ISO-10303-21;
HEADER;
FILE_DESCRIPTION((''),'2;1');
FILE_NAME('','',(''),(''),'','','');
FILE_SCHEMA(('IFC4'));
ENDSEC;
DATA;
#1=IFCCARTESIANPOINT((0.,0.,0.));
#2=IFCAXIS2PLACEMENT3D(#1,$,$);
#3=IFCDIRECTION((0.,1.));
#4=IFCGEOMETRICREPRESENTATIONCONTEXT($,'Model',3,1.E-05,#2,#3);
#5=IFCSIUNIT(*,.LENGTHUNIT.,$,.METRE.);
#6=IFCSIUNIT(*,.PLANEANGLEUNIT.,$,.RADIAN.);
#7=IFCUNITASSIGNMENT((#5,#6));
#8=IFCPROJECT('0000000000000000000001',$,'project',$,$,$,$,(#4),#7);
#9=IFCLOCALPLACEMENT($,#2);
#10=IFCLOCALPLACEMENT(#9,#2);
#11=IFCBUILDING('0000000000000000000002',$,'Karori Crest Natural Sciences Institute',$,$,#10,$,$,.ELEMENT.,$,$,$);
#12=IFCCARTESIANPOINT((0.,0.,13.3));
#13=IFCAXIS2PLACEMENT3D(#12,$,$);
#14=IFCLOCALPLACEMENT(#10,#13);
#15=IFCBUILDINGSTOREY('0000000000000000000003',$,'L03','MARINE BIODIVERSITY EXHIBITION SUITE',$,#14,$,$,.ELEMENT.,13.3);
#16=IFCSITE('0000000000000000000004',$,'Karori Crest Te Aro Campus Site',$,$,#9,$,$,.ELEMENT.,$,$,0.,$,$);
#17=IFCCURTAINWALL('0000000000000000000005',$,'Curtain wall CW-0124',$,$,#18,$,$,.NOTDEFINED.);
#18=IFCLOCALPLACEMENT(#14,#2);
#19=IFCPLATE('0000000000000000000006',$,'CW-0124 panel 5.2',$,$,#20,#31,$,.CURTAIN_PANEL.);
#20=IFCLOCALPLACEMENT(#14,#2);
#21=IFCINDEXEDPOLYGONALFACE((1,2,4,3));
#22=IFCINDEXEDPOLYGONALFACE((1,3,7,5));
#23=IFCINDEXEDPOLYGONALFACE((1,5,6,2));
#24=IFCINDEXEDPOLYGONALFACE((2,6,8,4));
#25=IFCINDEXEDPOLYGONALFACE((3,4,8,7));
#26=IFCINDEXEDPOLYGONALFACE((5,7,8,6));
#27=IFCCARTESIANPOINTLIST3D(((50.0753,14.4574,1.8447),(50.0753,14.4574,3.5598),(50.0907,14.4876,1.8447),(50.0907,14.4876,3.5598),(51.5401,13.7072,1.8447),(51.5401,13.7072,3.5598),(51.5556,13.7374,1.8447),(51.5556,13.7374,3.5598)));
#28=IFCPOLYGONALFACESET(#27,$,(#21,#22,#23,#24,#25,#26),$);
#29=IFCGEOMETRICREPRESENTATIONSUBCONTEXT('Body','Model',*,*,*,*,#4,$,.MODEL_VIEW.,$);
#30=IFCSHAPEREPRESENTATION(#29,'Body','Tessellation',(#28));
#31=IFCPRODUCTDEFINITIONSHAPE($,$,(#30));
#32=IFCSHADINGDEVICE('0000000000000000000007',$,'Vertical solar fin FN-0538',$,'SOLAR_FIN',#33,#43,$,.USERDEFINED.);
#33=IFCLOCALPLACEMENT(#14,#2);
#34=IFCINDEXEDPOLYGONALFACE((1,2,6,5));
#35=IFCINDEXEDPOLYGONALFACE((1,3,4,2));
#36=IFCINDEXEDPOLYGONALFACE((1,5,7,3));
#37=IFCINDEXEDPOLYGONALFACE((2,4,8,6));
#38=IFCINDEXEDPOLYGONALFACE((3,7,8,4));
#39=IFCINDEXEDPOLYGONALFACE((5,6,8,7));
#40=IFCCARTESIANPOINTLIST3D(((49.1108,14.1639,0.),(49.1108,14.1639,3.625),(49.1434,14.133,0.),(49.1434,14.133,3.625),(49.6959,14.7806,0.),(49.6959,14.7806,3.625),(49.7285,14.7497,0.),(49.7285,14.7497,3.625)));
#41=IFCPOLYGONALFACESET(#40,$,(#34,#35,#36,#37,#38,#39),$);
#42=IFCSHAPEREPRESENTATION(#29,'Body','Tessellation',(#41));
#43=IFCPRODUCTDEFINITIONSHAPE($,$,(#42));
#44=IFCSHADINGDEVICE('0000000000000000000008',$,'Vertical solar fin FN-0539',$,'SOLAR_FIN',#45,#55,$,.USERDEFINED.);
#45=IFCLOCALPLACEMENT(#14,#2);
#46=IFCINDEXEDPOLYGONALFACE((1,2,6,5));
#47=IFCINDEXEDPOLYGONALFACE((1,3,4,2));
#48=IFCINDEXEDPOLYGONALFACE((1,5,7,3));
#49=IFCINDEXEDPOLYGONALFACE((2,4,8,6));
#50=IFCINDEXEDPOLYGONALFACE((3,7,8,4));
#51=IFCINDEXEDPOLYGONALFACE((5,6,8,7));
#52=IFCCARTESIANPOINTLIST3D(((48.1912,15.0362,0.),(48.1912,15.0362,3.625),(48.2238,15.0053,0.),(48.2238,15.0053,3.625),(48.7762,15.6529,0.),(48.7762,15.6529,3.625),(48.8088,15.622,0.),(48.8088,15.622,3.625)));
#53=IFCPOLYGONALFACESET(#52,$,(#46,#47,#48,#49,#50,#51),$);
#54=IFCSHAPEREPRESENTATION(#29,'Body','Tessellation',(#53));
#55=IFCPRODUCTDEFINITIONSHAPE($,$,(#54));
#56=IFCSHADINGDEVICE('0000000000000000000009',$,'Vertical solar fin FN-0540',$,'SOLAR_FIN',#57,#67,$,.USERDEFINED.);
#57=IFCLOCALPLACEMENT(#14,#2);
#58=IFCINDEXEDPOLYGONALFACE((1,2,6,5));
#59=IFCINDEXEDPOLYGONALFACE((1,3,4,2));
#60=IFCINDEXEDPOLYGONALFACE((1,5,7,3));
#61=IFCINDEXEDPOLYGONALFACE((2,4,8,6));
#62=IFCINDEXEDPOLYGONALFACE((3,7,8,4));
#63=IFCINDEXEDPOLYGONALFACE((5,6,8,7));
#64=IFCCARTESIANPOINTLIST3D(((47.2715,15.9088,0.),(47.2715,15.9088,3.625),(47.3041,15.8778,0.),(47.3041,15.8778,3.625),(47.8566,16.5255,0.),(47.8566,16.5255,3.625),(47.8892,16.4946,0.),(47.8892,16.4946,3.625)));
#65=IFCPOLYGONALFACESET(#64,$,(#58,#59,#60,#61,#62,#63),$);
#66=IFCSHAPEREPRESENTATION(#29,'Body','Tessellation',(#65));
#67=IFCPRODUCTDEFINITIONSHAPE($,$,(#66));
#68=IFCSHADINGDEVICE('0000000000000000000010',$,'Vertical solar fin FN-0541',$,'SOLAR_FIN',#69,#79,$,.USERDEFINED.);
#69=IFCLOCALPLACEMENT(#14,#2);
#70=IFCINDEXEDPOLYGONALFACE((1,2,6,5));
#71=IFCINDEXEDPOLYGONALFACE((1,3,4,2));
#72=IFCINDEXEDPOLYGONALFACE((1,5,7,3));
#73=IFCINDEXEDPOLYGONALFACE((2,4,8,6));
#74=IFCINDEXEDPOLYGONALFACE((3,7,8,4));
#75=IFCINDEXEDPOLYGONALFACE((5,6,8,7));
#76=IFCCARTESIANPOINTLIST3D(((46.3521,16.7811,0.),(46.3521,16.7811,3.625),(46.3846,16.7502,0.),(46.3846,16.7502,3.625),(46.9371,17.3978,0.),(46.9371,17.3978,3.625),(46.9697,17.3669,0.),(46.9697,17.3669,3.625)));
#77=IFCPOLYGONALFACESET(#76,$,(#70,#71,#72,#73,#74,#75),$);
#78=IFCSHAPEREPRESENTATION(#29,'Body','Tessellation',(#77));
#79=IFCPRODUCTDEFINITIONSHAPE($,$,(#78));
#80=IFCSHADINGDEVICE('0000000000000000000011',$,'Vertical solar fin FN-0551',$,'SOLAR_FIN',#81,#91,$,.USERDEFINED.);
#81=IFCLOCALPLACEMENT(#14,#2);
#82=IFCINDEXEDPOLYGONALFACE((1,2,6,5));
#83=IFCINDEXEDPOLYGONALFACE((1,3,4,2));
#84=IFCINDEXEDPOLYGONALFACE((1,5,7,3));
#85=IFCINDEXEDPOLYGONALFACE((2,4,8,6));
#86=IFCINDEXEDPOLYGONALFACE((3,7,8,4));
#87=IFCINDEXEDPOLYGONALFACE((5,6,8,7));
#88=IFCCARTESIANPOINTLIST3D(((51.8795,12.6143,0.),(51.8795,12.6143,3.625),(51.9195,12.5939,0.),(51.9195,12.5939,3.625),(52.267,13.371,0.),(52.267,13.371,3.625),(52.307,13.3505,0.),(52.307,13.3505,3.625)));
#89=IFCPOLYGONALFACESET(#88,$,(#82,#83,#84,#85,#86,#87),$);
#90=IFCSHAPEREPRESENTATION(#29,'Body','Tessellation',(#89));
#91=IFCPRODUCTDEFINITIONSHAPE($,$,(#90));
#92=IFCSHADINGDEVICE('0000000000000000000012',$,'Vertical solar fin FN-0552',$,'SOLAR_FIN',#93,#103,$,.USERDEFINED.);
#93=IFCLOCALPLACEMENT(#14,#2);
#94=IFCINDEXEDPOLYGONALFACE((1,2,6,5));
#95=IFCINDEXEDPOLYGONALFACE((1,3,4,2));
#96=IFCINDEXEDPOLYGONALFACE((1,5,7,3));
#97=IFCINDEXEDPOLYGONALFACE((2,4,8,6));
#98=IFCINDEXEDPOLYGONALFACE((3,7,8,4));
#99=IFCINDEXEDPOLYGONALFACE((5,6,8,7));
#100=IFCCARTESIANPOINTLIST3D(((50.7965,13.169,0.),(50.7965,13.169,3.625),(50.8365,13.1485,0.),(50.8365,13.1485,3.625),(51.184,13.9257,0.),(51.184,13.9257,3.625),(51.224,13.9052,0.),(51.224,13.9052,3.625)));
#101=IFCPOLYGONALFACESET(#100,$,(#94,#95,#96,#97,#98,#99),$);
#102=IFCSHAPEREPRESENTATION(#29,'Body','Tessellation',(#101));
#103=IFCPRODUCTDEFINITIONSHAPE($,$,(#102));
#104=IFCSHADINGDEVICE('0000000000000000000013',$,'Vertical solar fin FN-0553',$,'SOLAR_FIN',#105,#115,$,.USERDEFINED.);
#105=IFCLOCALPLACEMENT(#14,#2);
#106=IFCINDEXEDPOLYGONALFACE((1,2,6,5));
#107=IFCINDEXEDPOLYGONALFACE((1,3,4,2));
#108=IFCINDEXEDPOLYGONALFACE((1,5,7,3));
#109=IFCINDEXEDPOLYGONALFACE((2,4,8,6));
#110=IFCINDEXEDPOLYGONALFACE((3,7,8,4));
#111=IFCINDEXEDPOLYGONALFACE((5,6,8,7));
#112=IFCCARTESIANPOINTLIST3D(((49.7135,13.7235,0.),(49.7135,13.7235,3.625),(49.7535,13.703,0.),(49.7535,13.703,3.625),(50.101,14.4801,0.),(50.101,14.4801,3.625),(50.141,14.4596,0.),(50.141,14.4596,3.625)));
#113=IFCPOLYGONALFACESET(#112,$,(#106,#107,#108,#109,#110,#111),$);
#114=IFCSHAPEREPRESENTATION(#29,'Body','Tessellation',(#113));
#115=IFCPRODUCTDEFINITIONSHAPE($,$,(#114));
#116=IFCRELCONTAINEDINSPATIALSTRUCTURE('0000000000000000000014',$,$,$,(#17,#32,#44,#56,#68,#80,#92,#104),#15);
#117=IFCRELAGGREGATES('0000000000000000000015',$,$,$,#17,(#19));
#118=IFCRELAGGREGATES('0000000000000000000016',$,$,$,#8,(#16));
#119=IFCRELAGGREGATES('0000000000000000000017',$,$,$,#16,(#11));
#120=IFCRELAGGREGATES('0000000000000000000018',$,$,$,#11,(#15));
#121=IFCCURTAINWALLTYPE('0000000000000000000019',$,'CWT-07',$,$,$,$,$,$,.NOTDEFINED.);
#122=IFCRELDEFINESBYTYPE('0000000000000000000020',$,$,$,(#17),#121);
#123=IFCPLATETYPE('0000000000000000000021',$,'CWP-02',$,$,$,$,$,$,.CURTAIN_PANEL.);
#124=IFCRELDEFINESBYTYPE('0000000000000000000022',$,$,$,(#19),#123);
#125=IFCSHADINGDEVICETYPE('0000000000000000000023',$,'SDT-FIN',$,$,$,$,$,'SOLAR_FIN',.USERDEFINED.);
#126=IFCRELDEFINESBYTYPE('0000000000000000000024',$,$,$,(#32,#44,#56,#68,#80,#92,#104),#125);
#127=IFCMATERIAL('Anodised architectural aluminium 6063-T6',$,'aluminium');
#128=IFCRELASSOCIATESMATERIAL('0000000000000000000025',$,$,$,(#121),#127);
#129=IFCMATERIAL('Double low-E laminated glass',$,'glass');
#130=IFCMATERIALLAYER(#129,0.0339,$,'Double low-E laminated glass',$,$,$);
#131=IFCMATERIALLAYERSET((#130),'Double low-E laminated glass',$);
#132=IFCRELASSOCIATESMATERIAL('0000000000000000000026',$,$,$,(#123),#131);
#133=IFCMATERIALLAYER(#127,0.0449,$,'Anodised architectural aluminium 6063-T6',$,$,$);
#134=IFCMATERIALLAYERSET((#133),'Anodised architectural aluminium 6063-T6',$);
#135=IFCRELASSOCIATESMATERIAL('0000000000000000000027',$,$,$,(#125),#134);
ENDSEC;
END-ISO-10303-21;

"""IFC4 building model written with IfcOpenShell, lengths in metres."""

from ifc_helpers import new_model, si_unit, direction, frame, origin, origin_2d, place, context, subcontext, project, spatial, rectangle, extrude, material, layer, layer_set, type_object, element, aggregate, save


model = new_model("IFC4")

# Units and contexts
model_context = context("Model", 3, precision=1e-05, world=origin(), true_north=direction((0.0, 1.0)))
body_context = subcontext(model_context, "Body", "Model", "MODEL_VIEW")
ifc_project = project(units=[si_unit("LENGTHUNIT", "METRE"), si_unit("PLANEANGLEUNIT", "RADIAN")], contexts=[model_context])

# Site, building, storey
site_placement = place(None, origin())
site = spatial("IfcSite", under=ifc_project, at=site_placement, Name="Karori Crest Te Aro Campus Site", CompositionType="ELEMENT", RefElevation=0.0)
building_placement = place(site_placement, origin())
building = spatial("IfcBuilding", under=site, at=building_placement, Name="Karori Crest Natural Sciences Institute", CompositionType="ELEMENT")
storey_placement = place(building_placement, frame((0.0, 0.0, 13.3)))
storey = spatial("IfcBuildingStorey", under=building, at=storey_placement, Name="L03", Description="MARINE BIODIVERSITY EXHIBITION SUITE", CompositionType="ELEMENT", Elevation=13.3)

# Curtain wall
ifc_material_1 = material(Name="Anodised architectural aluminium 6063-T6", Category="aluminium")
curtain_wall_type_1 = type_object("IfcCurtainWallType", Name="CWT-07", PredefinedType="NOTDEFINED", material=ifc_material_1)
curtain_wall_1_placement = place(storey_placement, origin())
curtain_wall_1 = element("IfcCurtainWall", 1, at=curtain_wall_1_placement, inside=storey, type_object=curtain_wall_type_1, Name="Curtain wall CW-0124", PredefinedType="NOTDEFINED")

# Plate
ifc_material_2 = material(Name="Double low-E laminated glass", Category="glass")
ifc_layer_1 = layer(ifc_material_2, 0.0339, Name="Double low-E laminated glass")
ifc_layer_set_1 = layer_set([ifc_layer_1], Name="Double low-E laminated glass")
plate_type_1 = type_object("IfcPlateType", Name="CWP-02", PredefinedType="CURTAIN_PANEL", material=ifc_layer_set_1)
plate_1_placement = place(storey_placement, frame((50.8154, 14.0974, 1.8447), z_axis=(0.0, 0.0, 1.0), x_axis=(-0.890067, 0.455829, 0.0)))
plate_1 = element("IfcPlate", 2, at=plate_1_placement, type_object=plate_type_1, Name="CW-0124 panel 5.2", PredefinedType="CURTAIN_PANEL", context=body_context, shape_type="SweptSolid", body=[
    extrude(rectangle(XDim=1.6458, YDim=0.0339, at=origin_2d()), origin(), (0.0, 0.0, 1.0), 1.7151),
])
aggregate(curtain_wall_1, [plate_1])

# Shading devices
ifc_layer_2 = layer(ifc_material_1, 0.0449, Name="Anodised architectural aluminium 6063-T6")
ifc_layer_set_2 = layer_set([ifc_layer_2], Name="Anodised architectural aluminium 6063-T6")
shading_device_type = type_object("IfcShadingDeviceType", Name="SDT-FIN", ElementType="SOLAR_FIN", PredefinedType="USERDEFINED", material=ifc_layer_set_2)
for number, where, z_axis, x_axis, name in (
    (3, (49.4197, 14.4568, 0.0), (0.0, 0.0, 1.0), (-0.688252, -0.725472, 0.0), "Vertical solar fin FN-0538"),
    (4, (48.5, 15.3291, 0.0), (0.0, 0.0, 1.0), (-0.688252, -0.725472, 0.0), "Vertical solar fin FN-0539"),
    (5, (47.5803, 16.2017, 0.0), (0.0, 0.0, 1.0), (-0.688252, -0.725472, 0.0), "Vertical solar fin FN-0540"),
    (6, (46.6609, 17.074, 0.0), (0.0, 0.0, 1.0), (-0.688252, -0.725472, 0.0), "Vertical solar fin FN-0541"),
    (7, (52.0933, 12.9824, 0.0), (0.0, 0.0, 1.0), (-0.455829, -0.890067, 0.0), "Vertical solar fin FN-0551"),
    (8, (51.0103, 13.5371, 0.0), (0.0, 0.0, 1.0), (-0.455829, -0.890067, 0.0), "Vertical solar fin FN-0552"),
    (9, (49.9272, 14.0916, 0.0), (0.0, 0.0, 1.0), (-0.455829, -0.890067, 0.0), "Vertical solar fin FN-0553"),
):
    element("IfcShadingDevice", number, at=place(storey_placement, frame(where, z_axis=z_axis, x_axis=x_axis)), inside=storey, type_object=shading_device_type, Name=name, ObjectType="SOLAR_FIN", PredefinedType="USERDEFINED", context=body_context, shape_type="SweptSolid", body=[
        extrude(rectangle(XDim=0.8501, YDim=0.0449, at=origin_2d()), origin(), (0.0, 0.0, 1.0), 3.625),
    ])

save(model, "model.ifc")
